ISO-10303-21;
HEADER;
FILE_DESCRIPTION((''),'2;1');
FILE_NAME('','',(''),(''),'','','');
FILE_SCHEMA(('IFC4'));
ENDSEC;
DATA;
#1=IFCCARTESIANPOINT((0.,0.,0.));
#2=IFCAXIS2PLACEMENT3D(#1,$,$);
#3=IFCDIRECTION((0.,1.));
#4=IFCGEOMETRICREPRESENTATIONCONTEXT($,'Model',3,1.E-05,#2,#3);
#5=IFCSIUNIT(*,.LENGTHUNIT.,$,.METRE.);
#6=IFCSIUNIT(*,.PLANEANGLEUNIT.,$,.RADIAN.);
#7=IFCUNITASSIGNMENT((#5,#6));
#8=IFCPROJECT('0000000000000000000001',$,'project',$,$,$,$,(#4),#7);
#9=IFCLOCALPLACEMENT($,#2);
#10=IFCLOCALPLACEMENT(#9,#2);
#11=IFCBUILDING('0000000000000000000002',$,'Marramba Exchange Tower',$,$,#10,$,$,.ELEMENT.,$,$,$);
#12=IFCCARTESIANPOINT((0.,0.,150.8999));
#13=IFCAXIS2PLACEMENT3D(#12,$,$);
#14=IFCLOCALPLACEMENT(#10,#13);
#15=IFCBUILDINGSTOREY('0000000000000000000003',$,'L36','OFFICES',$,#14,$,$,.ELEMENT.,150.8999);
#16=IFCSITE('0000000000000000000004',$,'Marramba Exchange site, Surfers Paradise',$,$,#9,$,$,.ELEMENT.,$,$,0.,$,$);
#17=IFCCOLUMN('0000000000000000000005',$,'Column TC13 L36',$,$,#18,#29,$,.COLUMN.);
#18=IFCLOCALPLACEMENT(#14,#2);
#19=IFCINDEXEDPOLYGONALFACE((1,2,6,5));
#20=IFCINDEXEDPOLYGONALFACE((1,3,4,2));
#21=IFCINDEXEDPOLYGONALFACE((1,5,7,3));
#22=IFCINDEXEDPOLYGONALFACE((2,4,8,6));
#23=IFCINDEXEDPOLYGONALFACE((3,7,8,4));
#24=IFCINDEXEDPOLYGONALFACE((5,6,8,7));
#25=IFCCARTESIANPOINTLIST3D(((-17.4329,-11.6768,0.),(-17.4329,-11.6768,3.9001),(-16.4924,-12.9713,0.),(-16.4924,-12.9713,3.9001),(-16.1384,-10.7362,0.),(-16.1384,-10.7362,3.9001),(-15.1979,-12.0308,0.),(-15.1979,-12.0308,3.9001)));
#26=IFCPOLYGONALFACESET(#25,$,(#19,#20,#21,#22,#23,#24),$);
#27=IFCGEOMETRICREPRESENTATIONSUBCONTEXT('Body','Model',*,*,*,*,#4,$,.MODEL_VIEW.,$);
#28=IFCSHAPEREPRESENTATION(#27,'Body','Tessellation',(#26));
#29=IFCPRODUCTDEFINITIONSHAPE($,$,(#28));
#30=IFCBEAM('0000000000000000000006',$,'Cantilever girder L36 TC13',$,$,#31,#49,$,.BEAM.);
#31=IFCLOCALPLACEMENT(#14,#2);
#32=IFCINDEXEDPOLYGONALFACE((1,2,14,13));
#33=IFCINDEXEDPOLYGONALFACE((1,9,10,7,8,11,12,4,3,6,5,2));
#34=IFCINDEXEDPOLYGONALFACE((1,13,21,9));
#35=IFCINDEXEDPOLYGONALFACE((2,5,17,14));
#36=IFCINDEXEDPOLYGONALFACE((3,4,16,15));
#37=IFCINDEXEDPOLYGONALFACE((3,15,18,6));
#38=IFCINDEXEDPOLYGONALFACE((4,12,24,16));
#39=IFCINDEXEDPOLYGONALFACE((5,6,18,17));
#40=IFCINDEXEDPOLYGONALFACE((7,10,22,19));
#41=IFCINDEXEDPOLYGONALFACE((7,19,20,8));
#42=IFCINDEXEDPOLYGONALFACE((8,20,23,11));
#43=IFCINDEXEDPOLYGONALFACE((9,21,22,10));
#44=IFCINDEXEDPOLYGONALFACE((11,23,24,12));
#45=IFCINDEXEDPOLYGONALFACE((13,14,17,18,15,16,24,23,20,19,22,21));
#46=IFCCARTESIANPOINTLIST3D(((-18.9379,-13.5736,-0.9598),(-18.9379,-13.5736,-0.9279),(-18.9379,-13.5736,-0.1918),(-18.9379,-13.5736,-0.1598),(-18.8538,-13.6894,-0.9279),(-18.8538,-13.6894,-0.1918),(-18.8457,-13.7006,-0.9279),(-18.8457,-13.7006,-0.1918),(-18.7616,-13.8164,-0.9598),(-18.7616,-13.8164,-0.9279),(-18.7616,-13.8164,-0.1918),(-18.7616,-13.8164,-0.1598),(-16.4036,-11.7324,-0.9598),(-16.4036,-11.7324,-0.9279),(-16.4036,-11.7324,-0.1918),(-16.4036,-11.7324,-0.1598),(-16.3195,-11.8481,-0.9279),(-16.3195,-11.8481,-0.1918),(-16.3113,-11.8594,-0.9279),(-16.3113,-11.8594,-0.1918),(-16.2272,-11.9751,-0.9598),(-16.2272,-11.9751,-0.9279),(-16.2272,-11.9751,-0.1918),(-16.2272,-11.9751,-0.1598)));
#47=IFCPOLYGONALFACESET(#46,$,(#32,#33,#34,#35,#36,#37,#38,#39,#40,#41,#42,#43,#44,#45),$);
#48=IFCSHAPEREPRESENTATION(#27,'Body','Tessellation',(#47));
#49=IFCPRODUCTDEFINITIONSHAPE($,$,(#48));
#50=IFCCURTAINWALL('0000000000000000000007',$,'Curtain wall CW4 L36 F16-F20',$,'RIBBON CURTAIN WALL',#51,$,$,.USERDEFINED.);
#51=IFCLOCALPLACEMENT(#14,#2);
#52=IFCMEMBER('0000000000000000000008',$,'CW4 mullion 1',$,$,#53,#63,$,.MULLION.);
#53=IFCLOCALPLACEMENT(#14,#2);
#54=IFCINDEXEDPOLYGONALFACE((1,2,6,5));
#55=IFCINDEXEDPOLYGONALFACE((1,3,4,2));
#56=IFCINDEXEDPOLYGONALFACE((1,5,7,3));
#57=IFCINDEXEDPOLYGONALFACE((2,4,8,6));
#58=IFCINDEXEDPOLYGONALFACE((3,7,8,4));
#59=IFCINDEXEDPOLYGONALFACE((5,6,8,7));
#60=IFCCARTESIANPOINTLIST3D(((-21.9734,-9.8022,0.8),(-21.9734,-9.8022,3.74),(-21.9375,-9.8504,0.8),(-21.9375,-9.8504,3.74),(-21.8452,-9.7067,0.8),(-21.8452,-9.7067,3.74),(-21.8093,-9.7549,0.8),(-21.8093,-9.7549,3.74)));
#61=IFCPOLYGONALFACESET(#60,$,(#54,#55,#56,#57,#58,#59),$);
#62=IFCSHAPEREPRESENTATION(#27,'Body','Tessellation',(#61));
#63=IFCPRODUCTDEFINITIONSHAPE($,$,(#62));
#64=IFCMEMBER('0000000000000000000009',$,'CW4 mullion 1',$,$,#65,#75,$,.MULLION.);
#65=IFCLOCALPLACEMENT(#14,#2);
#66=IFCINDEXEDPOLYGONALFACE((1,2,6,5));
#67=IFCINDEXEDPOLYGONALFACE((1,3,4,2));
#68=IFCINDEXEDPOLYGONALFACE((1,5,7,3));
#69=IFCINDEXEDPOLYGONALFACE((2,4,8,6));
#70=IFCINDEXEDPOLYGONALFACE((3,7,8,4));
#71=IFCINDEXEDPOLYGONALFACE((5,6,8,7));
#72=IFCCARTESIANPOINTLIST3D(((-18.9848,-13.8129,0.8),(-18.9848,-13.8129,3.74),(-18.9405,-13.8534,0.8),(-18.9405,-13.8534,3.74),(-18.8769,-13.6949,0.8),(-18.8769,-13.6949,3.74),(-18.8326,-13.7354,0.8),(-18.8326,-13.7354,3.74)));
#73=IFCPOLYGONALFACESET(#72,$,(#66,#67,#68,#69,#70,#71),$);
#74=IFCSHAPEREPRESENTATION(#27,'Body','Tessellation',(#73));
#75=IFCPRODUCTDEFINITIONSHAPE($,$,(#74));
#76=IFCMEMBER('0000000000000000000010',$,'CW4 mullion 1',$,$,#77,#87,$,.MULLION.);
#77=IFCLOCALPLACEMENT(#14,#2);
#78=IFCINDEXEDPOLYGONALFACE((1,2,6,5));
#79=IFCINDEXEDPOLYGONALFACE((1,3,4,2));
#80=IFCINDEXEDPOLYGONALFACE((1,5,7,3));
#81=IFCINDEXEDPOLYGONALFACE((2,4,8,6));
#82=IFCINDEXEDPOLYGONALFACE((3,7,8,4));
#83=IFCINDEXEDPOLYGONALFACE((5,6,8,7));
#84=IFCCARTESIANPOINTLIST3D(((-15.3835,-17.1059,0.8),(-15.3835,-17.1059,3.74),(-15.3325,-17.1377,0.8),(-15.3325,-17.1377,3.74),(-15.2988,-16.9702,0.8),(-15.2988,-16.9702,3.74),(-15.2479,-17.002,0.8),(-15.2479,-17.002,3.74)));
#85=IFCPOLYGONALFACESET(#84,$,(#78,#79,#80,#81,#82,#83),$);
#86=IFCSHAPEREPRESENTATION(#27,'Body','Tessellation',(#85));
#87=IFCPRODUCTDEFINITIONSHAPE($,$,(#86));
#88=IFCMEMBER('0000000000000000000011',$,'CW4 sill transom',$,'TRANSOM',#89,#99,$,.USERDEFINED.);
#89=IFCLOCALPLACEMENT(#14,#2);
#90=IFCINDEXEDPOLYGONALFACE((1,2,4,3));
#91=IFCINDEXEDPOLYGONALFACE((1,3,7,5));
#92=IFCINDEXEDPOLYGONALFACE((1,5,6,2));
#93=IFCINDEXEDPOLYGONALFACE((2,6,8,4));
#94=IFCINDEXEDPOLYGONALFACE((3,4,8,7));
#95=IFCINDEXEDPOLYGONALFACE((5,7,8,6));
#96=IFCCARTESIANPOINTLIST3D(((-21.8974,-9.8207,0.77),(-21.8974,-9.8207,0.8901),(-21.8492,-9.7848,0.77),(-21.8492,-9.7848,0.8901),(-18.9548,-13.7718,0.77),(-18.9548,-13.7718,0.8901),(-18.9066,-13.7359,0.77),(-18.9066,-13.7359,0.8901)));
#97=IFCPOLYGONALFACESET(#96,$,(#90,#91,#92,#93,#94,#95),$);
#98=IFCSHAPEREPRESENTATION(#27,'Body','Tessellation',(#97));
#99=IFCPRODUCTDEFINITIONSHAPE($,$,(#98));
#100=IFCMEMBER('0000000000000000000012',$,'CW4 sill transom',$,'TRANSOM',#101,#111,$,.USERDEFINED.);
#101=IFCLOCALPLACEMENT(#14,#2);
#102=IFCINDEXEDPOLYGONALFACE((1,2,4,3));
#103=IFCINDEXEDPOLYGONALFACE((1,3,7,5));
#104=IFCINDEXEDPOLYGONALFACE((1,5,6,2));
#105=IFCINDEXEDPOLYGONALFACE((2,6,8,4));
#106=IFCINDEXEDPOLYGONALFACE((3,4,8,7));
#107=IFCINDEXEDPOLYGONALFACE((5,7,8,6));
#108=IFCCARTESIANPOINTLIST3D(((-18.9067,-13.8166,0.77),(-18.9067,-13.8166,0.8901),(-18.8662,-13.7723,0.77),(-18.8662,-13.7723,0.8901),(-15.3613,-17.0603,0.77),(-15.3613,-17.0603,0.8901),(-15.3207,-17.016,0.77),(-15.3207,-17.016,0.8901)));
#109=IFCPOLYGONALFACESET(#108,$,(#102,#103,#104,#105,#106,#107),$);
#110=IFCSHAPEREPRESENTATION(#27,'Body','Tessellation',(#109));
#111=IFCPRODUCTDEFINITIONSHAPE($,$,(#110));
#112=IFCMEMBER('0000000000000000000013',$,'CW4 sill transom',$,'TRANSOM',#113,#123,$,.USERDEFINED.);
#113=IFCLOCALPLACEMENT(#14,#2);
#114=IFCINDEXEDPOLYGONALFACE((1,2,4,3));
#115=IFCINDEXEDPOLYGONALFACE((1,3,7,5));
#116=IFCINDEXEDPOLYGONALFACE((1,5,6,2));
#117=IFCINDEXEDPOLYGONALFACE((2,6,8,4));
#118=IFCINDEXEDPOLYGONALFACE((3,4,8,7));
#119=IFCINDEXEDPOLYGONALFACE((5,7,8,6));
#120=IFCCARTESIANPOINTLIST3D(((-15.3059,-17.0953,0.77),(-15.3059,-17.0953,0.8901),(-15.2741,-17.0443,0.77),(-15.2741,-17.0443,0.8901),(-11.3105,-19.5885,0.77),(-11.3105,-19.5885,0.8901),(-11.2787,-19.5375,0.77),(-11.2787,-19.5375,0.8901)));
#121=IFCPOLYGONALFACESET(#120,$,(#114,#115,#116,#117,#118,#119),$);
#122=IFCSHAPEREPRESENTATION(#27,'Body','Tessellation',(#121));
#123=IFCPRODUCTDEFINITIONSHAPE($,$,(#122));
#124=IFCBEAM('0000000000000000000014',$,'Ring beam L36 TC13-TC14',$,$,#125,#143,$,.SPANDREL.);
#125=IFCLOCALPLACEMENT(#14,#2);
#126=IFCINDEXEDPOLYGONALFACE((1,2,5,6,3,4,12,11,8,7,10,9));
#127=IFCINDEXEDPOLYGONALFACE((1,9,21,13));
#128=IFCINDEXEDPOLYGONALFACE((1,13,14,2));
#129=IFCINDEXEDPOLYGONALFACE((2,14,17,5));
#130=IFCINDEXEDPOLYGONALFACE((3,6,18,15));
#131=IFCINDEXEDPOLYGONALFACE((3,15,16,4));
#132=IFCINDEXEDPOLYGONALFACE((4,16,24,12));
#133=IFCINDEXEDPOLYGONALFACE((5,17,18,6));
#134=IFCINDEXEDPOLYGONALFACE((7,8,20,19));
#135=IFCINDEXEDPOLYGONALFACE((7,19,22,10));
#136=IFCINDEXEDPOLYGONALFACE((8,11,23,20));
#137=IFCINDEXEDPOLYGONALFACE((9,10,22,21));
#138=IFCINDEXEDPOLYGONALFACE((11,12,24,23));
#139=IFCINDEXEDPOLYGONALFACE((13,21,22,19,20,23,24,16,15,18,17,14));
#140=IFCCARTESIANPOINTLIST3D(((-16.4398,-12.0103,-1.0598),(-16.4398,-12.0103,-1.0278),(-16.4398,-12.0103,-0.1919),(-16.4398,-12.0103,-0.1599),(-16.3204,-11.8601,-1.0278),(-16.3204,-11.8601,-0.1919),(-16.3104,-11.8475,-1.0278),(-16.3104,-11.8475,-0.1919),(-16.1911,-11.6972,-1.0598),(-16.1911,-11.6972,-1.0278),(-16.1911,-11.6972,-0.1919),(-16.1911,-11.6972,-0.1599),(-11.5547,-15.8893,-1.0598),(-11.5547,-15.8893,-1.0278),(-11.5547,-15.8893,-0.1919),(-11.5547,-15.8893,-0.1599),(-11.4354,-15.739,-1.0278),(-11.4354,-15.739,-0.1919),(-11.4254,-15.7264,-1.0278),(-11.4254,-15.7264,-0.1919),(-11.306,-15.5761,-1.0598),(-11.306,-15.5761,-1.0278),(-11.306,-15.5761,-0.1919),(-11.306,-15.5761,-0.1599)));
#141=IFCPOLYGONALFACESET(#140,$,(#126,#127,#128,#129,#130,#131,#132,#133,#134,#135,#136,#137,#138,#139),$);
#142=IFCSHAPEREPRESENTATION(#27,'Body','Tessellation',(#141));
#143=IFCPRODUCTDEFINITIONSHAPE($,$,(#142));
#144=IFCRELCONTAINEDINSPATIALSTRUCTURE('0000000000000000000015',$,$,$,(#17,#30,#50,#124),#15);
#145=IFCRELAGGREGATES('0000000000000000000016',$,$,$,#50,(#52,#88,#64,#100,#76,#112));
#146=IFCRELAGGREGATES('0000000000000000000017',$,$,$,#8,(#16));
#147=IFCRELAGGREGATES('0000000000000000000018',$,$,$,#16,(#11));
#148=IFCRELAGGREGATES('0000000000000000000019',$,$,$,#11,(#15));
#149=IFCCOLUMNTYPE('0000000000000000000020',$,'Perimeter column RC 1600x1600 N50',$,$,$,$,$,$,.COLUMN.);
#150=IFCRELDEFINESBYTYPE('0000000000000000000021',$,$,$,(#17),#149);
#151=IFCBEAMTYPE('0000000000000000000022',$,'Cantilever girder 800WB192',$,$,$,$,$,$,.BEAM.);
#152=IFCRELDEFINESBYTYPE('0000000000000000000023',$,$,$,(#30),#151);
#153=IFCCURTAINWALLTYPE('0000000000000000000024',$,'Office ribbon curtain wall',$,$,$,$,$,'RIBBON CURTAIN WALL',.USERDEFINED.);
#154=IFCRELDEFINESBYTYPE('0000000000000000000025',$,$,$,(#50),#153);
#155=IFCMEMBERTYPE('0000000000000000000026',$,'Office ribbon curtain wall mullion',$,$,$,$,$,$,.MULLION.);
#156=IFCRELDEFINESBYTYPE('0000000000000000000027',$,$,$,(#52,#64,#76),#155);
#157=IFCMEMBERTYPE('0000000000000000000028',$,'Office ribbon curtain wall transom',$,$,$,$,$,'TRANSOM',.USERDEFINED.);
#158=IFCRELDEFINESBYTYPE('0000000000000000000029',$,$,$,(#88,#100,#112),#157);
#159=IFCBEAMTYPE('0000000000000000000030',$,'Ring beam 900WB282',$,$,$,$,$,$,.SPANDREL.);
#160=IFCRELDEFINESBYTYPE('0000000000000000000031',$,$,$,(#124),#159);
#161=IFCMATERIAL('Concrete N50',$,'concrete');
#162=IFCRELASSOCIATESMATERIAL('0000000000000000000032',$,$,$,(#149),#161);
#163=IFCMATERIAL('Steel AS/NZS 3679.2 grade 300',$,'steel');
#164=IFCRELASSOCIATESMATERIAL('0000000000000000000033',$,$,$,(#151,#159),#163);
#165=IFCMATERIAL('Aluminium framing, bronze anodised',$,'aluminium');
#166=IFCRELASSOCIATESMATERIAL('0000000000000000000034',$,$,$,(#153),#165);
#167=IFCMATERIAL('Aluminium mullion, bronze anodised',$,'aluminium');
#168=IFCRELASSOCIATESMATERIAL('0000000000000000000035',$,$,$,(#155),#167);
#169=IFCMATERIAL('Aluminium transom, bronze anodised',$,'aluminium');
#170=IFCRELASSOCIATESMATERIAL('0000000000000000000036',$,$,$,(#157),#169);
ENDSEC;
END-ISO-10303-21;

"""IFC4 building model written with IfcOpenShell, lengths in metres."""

from ifc_helpers import new_model, si_unit, direction, frame, origin, origin_2d, place, context, subcontext, project, spatial, rectangle, i_section, extrude, material, material_profile, profile_set, type_object, element, aggregate, save


model = new_model("IFC4")

# Units and contexts
model_context = context("Model", 3, precision=1e-05, world=origin(), true_north=direction((0.0, 1.0)))
body_context = subcontext(model_context, "Body", "Model", "MODEL_VIEW")
ifc_project = project(units=[si_unit("LENGTHUNIT", "METRE"), si_unit("PLANEANGLEUNIT", "RADIAN")], contexts=[model_context])

# Site, building, storey
site_placement = place(None, origin())
site = spatial("IfcSite", under=ifc_project, at=site_placement, Name="Marramba Exchange site, Surfers Paradise", CompositionType="ELEMENT", RefElevation=0.0)
building_placement = place(site_placement, origin())
building = spatial("IfcBuilding", under=site, at=building_placement, Name="Marramba Exchange Tower", CompositionType="ELEMENT")
storey_placement = place(building_placement, frame((0.0, 0.0, 150.8999)))
storey = spatial("IfcBuildingStorey", under=building, at=storey_placement, Name="L36", Description="OFFICES", CompositionType="ELEMENT", Elevation=150.8999)

# Column
ifc_material_1 = material(Name="Concrete N50", Category="concrete")
ifc_material_profile_1 = material_profile(ifc_material_1, rectangle(XDim=1.6001, YDim=1.6001, at=origin_2d()), Name="RC 1600x1600")
ifc_profile_set_1 = profile_set([ifc_material_profile_1], Name="Concrete N50")
column_type = type_object("IfcColumnType", Name="Perimeter column RC 1600x1600 N50", PredefinedType="COLUMN", material=ifc_profile_set_1)
column_placement = place(storey_placement, frame((-16.3154, -11.8538, 0.0), z_axis=(0.0, 0.0, 1.0), x_axis=(-0.809017, -0.587785, 0.0)))
element("IfcColumn", 1, at=column_placement, inside=storey, type_object=column_type, Name="Column TC13 L36", PredefinedType="COLUMN", context=body_context, shape_type="SweptSolid", body=[
    extrude(rectangle(XDim=1.6001, YDim=1.6001, at=origin_2d()), origin(), (0.0, 0.0, 1.0), 3.9001),
])

# Beam
ifc_material_2 = material(Name="Steel AS/NZS 3679.2 grade 300", Category="steel")
ifc_material_profile_2 = material_profile(ifc_material_2, i_section(OverallWidth=0.3, OverallDepth=0.8, WebThickness=0.0139, FlangeThickness=0.032, at=origin_2d()), Name="800WB192")
ifc_profile_set_2 = profile_set([ifc_material_profile_2], Name="Steel AS/NZS 3679.2 grade 300")
beam_type_1 = type_object("IfcBeamType", Name="Cantilever girder 800WB192", PredefinedType="BEAM", material=ifc_profile_set_2)
beam_1_placement = place(storey_placement, frame((-16.3154, -11.8538, -0.5598), z_axis=(-0.809026, -0.587773, 0.0), x_axis=(0.587773, -0.809026, 0.0)))
element("IfcBeam", 2, at=beam_1_placement, inside=storey, type_object=beam_type_1, Name="Cantilever girder L36 TC13", PredefinedType="BEAM", context=body_context, shape_type="SweptSolid", body=[
    extrude(i_section(OverallWidth=0.3, OverallDepth=0.8, WebThickness=0.0139, FlangeThickness=0.032, at=origin_2d()), origin(), (0.0, 0.0, 1.0), 3.1326),
])

# Curtain wall, members
ifc_material_3 = material(Name="Aluminium framing, bronze anodised", Category="aluminium")
curtain_wall_type = type_object("IfcCurtainWallType", Name="Office ribbon curtain wall", ElementType="RIBBON CURTAIN WALL", PredefinedType="USERDEFINED", material=ifc_material_3)
curtain_wall_placement = place(storey_placement, origin())
curtain_wall = element("IfcCurtainWall", 3, at=curtain_wall_placement, inside=storey, type_object=curtain_wall_type, Name="Curtain wall CW4 L36 F16-F20", ObjectType="RIBBON CURTAIN WALL", PredefinedType="USERDEFINED")
ifc_material_4 = material(Name="Aluminium mullion, bronze anodised", Category="aluminium")
ifc_material_profile_3 = material_profile(ifc_material_4, rectangle(XDim=0.1599, YDim=0.0601, at=origin_2d()), Name="CW4 mullion 60x160")
ifc_profile_set_3 = profile_set([ifc_material_profile_3], Name="Aluminium mullion, bronze anodised")
member_type_1 = type_object("IfcMemberType", Name="Office ribbon curtain wall mullion", PredefinedType="MULLION", material=ifc_profile_set_3)
member_1_placement = place(storey_placement, frame((-21.8914, -9.7786, 0.8), z_axis=(0.0, 0.0, 1.0), x_axis=(0.802014, 0.597305, 0.0)))
member_1 = element("IfcMember", 4, at=member_1_placement, type_object=member_type_1, Name="CW4 mullion 1", PredefinedType="MULLION", context=body_context, shape_type="SweptSolid", body=[
    extrude(rectangle(XDim=0.1599, YDim=0.0601, at=origin_2d()), origin(), (0.0, 0.0, 1.0), 2.9399),
])
member_2_placement = place(storey_placement, frame((-18.9087, -13.7742, 0.8), z_axis=(0.0, 0.0, 1.0), x_axis=(0.674995, 0.737822, 0.0)))
member_2 = element("IfcMember", 5, at=member_2_placement, type_object=member_type_1, Name="CW4 mullion 1", PredefinedType="MULLION", context=body_context, shape_type="SweptSolid", body=[
    extrude(rectangle(XDim=0.1599, YDim=0.0601, at=origin_2d()), origin(), (0.0, 0.0, 1.0), 2.9399),
])
member_3_placement = place(storey_placement, frame((-15.3157, -17.054, 0.8), z_axis=(0.0, 0.0, 1.0), x_axis=(0.529428, 0.848355, 0.0)))
member_3 = element("IfcMember", 6, at=member_3_placement, type_object=member_type_1, Name="CW4 mullion 1", PredefinedType="MULLION", context=body_context, shape_type="SweptSolid", body=[
    extrude(rectangle(XDim=0.1599, YDim=0.0601, at=origin_2d()), origin(), (0.0, 0.0, 1.0), 2.9399),
])
ifc_material_5 = material(Name="Aluminium transom, bronze anodised", Category="aluminium")
ifc_material_profile_4 = material_profile(ifc_material_5, rectangle(XDim=0.0601, YDim=0.1201, at=origin_2d()), Name="CW4 transom 60x120")
ifc_profile_set_4 = profile_set([ifc_material_profile_4], Name="Aluminium transom, bronze anodised")
member_type_2 = type_object("IfcMemberType", Name="Office ribbon curtain wall transom", ElementType="TRANSOM", PredefinedType="USERDEFINED", material=ifc_profile_set_4)
member_4_placement = place(storey_placement, frame((-21.8733, -9.8027, 0.8301), z_axis=(0.597301, -0.802017, 0.0), x_axis=(0.802017, 0.597301, 0.0)))
member_4 = element("IfcMember", 7, at=member_4_placement, type_object=member_type_2, Name="CW4 sill transom", ObjectType="TRANSOM", PredefinedType="USERDEFINED", context=body_context, shape_type="SweptSolid", body=[
    extrude(rectangle(XDim=0.0601, YDim=0.1201, at=origin_2d()), origin(), (0.0, 0.0, 1.0), 4.9265),
])
member_5_placement = place(storey_placement, frame((-18.8865, -13.7944, 0.8301), z_axis=(0.737808, -0.675011, 0.0), x_axis=(0.675011, 0.737808, 0.0)))
member_5 = element("IfcMember", 8, at=member_5_placement, type_object=member_type_2, Name="CW4 sill transom", ObjectType="TRANSOM", PredefinedType="USERDEFINED", context=body_context, shape_type="SweptSolid", body=[
    extrude(rectangle(XDim=0.0601, YDim=0.1201, at=origin_2d()), origin(), (0.0, 0.0, 1.0), 4.8054),
])
member_6_placement = place(storey_placement, frame((-15.29, -17.0698, 0.8301), z_axis=(0.848374, -0.529398, 0.0), x_axis=(0.529398, 0.848374, 0.0)))
member_6 = element("IfcMember", 9, at=member_6_placement, type_object=member_type_2, Name="CW4 sill transom", ObjectType="TRANSOM", PredefinedType="USERDEFINED", context=body_context, shape_type="SweptSolid", body=[
    extrude(rectangle(XDim=0.0601, YDim=0.1201, at=origin_2d()), origin(), (0.0, 0.0, 1.0), 4.7095),
])

# Beam
ifc_material_profile_5 = material_profile(ifc_material_2, i_section(OverallWidth=0.3999, OverallDepth=0.8999, WebThickness=0.0161, FlangeThickness=0.032, at=origin_2d()), Name="900WB282")
ifc_profile_set_5 = profile_set([ifc_material_profile_5], Name="Steel AS/NZS 3679.2 grade 300")
beam_type_2 = type_object("IfcBeamType", Name="Ring beam 900WB282", PredefinedType="SPANDREL", material=ifc_profile_set_5)
beam_2_placement = place(storey_placement, frame((-16.3154, -11.8538, -0.6099), z_axis=(0.783139, -0.621846, 0.0), x_axis=(0.621846, 0.783139, 0.0)))
element("IfcBeam", 10, at=beam_2_placement, inside=storey, type_object=beam_type_2, Name="Ring beam L36 TC13-TC14", PredefinedType="SPANDREL", context=body_context, shape_type="SweptSolid", body=[
    extrude(i_section(OverallWidth=0.3999, OverallDepth=0.8999, WebThickness=0.0161, FlangeThickness=0.032, at=origin_2d()), origin(), (0.0, 0.0, 1.0), 6.2378),
])

aggregate(curtain_wall, [member_1, member_4, member_2, member_5, member_3, member_6])

save(model, "model.ifc")
